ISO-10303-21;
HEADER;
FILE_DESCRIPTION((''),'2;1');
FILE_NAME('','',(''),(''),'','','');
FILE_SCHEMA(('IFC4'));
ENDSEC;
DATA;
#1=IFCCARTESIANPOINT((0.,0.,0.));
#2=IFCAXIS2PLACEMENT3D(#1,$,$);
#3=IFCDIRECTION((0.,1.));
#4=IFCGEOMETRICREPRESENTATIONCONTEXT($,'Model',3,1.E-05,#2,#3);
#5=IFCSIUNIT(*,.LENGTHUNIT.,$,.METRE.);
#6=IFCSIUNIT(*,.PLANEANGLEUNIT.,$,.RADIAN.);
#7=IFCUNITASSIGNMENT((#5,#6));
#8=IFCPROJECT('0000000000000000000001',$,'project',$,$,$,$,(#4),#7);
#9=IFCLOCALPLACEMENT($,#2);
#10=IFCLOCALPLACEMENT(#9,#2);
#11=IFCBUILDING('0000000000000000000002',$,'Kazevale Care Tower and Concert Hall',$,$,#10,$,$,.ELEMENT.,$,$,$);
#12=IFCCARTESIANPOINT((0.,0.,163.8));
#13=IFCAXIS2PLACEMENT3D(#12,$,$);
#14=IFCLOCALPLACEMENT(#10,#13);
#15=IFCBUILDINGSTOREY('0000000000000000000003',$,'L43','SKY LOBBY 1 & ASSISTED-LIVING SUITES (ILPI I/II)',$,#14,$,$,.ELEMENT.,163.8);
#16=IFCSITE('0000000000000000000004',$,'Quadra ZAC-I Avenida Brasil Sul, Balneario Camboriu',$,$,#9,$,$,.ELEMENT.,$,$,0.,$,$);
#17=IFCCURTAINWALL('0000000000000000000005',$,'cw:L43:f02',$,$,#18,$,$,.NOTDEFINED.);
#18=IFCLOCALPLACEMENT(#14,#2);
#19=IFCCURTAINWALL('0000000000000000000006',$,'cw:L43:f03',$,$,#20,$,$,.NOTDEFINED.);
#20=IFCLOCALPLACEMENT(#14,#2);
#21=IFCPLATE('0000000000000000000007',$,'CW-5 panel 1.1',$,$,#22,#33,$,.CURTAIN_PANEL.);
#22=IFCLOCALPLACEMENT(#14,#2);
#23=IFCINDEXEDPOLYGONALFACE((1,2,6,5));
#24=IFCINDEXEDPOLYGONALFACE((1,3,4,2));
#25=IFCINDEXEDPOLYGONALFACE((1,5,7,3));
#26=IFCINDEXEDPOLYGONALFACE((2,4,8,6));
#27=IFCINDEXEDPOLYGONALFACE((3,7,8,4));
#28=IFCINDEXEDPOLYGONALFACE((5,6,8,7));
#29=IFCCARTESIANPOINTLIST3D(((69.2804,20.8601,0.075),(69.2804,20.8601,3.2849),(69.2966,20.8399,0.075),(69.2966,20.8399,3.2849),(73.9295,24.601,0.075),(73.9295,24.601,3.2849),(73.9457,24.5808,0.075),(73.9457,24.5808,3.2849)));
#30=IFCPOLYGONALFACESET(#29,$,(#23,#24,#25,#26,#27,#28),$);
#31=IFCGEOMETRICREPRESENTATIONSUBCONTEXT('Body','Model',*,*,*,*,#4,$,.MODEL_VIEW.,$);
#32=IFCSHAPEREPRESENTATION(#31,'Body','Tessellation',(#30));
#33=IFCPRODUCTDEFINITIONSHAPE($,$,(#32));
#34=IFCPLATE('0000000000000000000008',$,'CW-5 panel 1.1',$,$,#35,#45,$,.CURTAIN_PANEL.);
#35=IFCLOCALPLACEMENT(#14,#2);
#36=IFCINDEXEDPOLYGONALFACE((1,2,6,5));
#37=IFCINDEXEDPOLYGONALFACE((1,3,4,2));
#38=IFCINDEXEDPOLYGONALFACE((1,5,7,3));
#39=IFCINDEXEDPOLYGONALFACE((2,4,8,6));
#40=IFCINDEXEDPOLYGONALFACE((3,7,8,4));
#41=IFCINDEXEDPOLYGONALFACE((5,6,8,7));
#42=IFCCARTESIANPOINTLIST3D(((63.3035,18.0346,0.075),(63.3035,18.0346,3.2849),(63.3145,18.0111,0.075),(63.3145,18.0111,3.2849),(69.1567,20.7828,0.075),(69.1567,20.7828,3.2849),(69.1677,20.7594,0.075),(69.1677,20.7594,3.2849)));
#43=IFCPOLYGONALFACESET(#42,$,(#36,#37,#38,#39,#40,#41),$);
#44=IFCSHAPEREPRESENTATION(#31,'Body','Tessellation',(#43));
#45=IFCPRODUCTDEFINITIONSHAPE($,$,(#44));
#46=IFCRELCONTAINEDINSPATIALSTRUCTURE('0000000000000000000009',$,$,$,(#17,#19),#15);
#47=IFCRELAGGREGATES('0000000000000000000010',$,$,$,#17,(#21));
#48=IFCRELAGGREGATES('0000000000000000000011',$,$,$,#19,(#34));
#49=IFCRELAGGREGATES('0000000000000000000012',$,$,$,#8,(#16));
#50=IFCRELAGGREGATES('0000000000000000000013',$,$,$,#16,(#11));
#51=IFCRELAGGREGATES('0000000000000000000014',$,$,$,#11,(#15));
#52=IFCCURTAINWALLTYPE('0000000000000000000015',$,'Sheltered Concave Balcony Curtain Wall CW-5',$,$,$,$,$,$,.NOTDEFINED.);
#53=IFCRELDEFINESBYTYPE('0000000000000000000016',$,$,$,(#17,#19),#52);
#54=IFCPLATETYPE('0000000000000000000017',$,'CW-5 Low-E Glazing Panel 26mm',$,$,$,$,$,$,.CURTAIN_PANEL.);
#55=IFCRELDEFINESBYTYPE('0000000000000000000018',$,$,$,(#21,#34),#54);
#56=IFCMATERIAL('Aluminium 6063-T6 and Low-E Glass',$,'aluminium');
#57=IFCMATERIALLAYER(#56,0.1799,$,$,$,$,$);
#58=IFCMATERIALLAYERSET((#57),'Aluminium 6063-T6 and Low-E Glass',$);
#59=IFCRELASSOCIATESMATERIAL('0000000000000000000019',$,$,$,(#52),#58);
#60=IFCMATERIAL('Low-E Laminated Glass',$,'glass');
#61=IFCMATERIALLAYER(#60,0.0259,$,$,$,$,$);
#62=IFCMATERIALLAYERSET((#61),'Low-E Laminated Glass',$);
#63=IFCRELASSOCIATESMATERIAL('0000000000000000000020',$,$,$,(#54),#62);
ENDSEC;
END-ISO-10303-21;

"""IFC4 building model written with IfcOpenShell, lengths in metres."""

from ifc_helpers import new_model, si_unit, direction, frame, origin, origin_2d, place, context, subcontext, project, spatial, rectangle, extrude, material, layer, layer_set, type_object, element, aggregate, save


model = new_model("IFC4")

# Units and contexts
model_context = context("Model", 3, precision=1e-05, world=origin(), true_north=direction((0.0, 1.0)))
body_context = subcontext(model_context, "Body", "Model", "MODEL_VIEW")
ifc_project = project(units=[si_unit("LENGTHUNIT", "METRE"), si_unit("PLANEANGLEUNIT", "RADIAN")], contexts=[model_context])

# Site, building, storey
site_placement = place(None, origin())
site = spatial("IfcSite", under=ifc_project, at=site_placement, Name="Quadra ZAC-I Avenida Brasil Sul, Balneario Camboriu", CompositionType="ELEMENT", RefElevation=0.0)
building_placement = place(site_placement, origin())
building = spatial("IfcBuilding", under=site, at=building_placement, Name="Kazevale Care Tower and Concert Hall", CompositionType="ELEMENT")
storey_placement = place(building_placement, frame((0.0, 0.0, 163.8)))
storey = spatial("IfcBuildingStorey", under=building, at=storey_placement, Name="L43", Description="SKY LOBBY 1 & ASSISTED-LIVING SUITES (ILPI I/II)", CompositionType="ELEMENT", Elevation=163.8)

# Shared definitions
ifc_material_1 = material(Name="Aluminium 6063-T6 and Low-E Glass", Category="aluminium")

# Curtain walls
ifc_layer_1 = layer(ifc_material_1, 0.1799)
ifc_layer_set_1 = layer_set([ifc_layer_1], Name="Aluminium 6063-T6 and Low-E Glass")
curtain_wall_type_1 = type_object("IfcCurtainWallType", Name="Sheltered Concave Balcony Curtain Wall CW-5", PredefinedType="NOTDEFINED", material=ifc_layer_set_1)
curtain_wall_1_placement = place(storey_placement, origin())
curtain_wall_1 = element("IfcCurtainWall", 1, at=curtain_wall_1_placement, inside=storey, type_object=curtain_wall_type_1, Name="cw:L43:f02", PredefinedType="NOTDEFINED")
curtain_wall_2_placement = place(storey_placement, origin())
curtain_wall_2 = element("IfcCurtainWall", 2, at=curtain_wall_2_placement, inside=storey, type_object=curtain_wall_type_1, Name="cw:L43:f03", PredefinedType="NOTDEFINED")

# Plates
ifc_material_2 = material(Name="Low-E Laminated Glass", Category="glass")
ifc_layer_2 = layer(ifc_material_2, 0.0259)
ifc_layer_set_2 = layer_set([ifc_layer_2], Name="Low-E Laminated Glass")
plate_type_1 = type_object("IfcPlateType", Name="CW-5 Low-E Glazing Panel 26mm", PredefinedType="CURTAIN_PANEL", material=ifc_layer_set_2)
plate_1_placement = place(storey_placement, frame((71.613, 22.7205, 0.075), z_axis=(0.0, 0.0, 1.0), x_axis=(-0.779095, -0.626905, 0.0)))
plate_1 = element("IfcPlate", 3, at=plate_1_placement, type_object=plate_type_1, Name="CW-5 panel 1.1", PredefinedType="CURTAIN_PANEL", context=body_context, shape_type="SweptSolid", body=[
    extrude(rectangle(XDim=5.9673, YDim=0.0259, at=origin_2d()), origin(), (0.0, 0.0, 1.0), 3.21),
])
aggregate(curtain_wall_1, [plate_1])
plate_2_placement = place(storey_placement, frame((66.2356, 19.397, 0.075), z_axis=(0.0, 0.0, 1.0), x_axis=(-0.905188, -0.425011, 0.0)))
plate_2 = element("IfcPlate", 4, at=plate_2_placement, type_object=plate_type_1, Name="CW-5 panel 1.1", PredefinedType="CURTAIN_PANEL", context=body_context, shape_type="SweptSolid", body=[
    extrude(rectangle(XDim=6.4663, YDim=0.0259, at=origin_2d()), origin(), (0.0, 0.0, 1.0), 3.21),
])
aggregate(curtain_wall_2, [plate_2])

save(model, "model.ifc")
